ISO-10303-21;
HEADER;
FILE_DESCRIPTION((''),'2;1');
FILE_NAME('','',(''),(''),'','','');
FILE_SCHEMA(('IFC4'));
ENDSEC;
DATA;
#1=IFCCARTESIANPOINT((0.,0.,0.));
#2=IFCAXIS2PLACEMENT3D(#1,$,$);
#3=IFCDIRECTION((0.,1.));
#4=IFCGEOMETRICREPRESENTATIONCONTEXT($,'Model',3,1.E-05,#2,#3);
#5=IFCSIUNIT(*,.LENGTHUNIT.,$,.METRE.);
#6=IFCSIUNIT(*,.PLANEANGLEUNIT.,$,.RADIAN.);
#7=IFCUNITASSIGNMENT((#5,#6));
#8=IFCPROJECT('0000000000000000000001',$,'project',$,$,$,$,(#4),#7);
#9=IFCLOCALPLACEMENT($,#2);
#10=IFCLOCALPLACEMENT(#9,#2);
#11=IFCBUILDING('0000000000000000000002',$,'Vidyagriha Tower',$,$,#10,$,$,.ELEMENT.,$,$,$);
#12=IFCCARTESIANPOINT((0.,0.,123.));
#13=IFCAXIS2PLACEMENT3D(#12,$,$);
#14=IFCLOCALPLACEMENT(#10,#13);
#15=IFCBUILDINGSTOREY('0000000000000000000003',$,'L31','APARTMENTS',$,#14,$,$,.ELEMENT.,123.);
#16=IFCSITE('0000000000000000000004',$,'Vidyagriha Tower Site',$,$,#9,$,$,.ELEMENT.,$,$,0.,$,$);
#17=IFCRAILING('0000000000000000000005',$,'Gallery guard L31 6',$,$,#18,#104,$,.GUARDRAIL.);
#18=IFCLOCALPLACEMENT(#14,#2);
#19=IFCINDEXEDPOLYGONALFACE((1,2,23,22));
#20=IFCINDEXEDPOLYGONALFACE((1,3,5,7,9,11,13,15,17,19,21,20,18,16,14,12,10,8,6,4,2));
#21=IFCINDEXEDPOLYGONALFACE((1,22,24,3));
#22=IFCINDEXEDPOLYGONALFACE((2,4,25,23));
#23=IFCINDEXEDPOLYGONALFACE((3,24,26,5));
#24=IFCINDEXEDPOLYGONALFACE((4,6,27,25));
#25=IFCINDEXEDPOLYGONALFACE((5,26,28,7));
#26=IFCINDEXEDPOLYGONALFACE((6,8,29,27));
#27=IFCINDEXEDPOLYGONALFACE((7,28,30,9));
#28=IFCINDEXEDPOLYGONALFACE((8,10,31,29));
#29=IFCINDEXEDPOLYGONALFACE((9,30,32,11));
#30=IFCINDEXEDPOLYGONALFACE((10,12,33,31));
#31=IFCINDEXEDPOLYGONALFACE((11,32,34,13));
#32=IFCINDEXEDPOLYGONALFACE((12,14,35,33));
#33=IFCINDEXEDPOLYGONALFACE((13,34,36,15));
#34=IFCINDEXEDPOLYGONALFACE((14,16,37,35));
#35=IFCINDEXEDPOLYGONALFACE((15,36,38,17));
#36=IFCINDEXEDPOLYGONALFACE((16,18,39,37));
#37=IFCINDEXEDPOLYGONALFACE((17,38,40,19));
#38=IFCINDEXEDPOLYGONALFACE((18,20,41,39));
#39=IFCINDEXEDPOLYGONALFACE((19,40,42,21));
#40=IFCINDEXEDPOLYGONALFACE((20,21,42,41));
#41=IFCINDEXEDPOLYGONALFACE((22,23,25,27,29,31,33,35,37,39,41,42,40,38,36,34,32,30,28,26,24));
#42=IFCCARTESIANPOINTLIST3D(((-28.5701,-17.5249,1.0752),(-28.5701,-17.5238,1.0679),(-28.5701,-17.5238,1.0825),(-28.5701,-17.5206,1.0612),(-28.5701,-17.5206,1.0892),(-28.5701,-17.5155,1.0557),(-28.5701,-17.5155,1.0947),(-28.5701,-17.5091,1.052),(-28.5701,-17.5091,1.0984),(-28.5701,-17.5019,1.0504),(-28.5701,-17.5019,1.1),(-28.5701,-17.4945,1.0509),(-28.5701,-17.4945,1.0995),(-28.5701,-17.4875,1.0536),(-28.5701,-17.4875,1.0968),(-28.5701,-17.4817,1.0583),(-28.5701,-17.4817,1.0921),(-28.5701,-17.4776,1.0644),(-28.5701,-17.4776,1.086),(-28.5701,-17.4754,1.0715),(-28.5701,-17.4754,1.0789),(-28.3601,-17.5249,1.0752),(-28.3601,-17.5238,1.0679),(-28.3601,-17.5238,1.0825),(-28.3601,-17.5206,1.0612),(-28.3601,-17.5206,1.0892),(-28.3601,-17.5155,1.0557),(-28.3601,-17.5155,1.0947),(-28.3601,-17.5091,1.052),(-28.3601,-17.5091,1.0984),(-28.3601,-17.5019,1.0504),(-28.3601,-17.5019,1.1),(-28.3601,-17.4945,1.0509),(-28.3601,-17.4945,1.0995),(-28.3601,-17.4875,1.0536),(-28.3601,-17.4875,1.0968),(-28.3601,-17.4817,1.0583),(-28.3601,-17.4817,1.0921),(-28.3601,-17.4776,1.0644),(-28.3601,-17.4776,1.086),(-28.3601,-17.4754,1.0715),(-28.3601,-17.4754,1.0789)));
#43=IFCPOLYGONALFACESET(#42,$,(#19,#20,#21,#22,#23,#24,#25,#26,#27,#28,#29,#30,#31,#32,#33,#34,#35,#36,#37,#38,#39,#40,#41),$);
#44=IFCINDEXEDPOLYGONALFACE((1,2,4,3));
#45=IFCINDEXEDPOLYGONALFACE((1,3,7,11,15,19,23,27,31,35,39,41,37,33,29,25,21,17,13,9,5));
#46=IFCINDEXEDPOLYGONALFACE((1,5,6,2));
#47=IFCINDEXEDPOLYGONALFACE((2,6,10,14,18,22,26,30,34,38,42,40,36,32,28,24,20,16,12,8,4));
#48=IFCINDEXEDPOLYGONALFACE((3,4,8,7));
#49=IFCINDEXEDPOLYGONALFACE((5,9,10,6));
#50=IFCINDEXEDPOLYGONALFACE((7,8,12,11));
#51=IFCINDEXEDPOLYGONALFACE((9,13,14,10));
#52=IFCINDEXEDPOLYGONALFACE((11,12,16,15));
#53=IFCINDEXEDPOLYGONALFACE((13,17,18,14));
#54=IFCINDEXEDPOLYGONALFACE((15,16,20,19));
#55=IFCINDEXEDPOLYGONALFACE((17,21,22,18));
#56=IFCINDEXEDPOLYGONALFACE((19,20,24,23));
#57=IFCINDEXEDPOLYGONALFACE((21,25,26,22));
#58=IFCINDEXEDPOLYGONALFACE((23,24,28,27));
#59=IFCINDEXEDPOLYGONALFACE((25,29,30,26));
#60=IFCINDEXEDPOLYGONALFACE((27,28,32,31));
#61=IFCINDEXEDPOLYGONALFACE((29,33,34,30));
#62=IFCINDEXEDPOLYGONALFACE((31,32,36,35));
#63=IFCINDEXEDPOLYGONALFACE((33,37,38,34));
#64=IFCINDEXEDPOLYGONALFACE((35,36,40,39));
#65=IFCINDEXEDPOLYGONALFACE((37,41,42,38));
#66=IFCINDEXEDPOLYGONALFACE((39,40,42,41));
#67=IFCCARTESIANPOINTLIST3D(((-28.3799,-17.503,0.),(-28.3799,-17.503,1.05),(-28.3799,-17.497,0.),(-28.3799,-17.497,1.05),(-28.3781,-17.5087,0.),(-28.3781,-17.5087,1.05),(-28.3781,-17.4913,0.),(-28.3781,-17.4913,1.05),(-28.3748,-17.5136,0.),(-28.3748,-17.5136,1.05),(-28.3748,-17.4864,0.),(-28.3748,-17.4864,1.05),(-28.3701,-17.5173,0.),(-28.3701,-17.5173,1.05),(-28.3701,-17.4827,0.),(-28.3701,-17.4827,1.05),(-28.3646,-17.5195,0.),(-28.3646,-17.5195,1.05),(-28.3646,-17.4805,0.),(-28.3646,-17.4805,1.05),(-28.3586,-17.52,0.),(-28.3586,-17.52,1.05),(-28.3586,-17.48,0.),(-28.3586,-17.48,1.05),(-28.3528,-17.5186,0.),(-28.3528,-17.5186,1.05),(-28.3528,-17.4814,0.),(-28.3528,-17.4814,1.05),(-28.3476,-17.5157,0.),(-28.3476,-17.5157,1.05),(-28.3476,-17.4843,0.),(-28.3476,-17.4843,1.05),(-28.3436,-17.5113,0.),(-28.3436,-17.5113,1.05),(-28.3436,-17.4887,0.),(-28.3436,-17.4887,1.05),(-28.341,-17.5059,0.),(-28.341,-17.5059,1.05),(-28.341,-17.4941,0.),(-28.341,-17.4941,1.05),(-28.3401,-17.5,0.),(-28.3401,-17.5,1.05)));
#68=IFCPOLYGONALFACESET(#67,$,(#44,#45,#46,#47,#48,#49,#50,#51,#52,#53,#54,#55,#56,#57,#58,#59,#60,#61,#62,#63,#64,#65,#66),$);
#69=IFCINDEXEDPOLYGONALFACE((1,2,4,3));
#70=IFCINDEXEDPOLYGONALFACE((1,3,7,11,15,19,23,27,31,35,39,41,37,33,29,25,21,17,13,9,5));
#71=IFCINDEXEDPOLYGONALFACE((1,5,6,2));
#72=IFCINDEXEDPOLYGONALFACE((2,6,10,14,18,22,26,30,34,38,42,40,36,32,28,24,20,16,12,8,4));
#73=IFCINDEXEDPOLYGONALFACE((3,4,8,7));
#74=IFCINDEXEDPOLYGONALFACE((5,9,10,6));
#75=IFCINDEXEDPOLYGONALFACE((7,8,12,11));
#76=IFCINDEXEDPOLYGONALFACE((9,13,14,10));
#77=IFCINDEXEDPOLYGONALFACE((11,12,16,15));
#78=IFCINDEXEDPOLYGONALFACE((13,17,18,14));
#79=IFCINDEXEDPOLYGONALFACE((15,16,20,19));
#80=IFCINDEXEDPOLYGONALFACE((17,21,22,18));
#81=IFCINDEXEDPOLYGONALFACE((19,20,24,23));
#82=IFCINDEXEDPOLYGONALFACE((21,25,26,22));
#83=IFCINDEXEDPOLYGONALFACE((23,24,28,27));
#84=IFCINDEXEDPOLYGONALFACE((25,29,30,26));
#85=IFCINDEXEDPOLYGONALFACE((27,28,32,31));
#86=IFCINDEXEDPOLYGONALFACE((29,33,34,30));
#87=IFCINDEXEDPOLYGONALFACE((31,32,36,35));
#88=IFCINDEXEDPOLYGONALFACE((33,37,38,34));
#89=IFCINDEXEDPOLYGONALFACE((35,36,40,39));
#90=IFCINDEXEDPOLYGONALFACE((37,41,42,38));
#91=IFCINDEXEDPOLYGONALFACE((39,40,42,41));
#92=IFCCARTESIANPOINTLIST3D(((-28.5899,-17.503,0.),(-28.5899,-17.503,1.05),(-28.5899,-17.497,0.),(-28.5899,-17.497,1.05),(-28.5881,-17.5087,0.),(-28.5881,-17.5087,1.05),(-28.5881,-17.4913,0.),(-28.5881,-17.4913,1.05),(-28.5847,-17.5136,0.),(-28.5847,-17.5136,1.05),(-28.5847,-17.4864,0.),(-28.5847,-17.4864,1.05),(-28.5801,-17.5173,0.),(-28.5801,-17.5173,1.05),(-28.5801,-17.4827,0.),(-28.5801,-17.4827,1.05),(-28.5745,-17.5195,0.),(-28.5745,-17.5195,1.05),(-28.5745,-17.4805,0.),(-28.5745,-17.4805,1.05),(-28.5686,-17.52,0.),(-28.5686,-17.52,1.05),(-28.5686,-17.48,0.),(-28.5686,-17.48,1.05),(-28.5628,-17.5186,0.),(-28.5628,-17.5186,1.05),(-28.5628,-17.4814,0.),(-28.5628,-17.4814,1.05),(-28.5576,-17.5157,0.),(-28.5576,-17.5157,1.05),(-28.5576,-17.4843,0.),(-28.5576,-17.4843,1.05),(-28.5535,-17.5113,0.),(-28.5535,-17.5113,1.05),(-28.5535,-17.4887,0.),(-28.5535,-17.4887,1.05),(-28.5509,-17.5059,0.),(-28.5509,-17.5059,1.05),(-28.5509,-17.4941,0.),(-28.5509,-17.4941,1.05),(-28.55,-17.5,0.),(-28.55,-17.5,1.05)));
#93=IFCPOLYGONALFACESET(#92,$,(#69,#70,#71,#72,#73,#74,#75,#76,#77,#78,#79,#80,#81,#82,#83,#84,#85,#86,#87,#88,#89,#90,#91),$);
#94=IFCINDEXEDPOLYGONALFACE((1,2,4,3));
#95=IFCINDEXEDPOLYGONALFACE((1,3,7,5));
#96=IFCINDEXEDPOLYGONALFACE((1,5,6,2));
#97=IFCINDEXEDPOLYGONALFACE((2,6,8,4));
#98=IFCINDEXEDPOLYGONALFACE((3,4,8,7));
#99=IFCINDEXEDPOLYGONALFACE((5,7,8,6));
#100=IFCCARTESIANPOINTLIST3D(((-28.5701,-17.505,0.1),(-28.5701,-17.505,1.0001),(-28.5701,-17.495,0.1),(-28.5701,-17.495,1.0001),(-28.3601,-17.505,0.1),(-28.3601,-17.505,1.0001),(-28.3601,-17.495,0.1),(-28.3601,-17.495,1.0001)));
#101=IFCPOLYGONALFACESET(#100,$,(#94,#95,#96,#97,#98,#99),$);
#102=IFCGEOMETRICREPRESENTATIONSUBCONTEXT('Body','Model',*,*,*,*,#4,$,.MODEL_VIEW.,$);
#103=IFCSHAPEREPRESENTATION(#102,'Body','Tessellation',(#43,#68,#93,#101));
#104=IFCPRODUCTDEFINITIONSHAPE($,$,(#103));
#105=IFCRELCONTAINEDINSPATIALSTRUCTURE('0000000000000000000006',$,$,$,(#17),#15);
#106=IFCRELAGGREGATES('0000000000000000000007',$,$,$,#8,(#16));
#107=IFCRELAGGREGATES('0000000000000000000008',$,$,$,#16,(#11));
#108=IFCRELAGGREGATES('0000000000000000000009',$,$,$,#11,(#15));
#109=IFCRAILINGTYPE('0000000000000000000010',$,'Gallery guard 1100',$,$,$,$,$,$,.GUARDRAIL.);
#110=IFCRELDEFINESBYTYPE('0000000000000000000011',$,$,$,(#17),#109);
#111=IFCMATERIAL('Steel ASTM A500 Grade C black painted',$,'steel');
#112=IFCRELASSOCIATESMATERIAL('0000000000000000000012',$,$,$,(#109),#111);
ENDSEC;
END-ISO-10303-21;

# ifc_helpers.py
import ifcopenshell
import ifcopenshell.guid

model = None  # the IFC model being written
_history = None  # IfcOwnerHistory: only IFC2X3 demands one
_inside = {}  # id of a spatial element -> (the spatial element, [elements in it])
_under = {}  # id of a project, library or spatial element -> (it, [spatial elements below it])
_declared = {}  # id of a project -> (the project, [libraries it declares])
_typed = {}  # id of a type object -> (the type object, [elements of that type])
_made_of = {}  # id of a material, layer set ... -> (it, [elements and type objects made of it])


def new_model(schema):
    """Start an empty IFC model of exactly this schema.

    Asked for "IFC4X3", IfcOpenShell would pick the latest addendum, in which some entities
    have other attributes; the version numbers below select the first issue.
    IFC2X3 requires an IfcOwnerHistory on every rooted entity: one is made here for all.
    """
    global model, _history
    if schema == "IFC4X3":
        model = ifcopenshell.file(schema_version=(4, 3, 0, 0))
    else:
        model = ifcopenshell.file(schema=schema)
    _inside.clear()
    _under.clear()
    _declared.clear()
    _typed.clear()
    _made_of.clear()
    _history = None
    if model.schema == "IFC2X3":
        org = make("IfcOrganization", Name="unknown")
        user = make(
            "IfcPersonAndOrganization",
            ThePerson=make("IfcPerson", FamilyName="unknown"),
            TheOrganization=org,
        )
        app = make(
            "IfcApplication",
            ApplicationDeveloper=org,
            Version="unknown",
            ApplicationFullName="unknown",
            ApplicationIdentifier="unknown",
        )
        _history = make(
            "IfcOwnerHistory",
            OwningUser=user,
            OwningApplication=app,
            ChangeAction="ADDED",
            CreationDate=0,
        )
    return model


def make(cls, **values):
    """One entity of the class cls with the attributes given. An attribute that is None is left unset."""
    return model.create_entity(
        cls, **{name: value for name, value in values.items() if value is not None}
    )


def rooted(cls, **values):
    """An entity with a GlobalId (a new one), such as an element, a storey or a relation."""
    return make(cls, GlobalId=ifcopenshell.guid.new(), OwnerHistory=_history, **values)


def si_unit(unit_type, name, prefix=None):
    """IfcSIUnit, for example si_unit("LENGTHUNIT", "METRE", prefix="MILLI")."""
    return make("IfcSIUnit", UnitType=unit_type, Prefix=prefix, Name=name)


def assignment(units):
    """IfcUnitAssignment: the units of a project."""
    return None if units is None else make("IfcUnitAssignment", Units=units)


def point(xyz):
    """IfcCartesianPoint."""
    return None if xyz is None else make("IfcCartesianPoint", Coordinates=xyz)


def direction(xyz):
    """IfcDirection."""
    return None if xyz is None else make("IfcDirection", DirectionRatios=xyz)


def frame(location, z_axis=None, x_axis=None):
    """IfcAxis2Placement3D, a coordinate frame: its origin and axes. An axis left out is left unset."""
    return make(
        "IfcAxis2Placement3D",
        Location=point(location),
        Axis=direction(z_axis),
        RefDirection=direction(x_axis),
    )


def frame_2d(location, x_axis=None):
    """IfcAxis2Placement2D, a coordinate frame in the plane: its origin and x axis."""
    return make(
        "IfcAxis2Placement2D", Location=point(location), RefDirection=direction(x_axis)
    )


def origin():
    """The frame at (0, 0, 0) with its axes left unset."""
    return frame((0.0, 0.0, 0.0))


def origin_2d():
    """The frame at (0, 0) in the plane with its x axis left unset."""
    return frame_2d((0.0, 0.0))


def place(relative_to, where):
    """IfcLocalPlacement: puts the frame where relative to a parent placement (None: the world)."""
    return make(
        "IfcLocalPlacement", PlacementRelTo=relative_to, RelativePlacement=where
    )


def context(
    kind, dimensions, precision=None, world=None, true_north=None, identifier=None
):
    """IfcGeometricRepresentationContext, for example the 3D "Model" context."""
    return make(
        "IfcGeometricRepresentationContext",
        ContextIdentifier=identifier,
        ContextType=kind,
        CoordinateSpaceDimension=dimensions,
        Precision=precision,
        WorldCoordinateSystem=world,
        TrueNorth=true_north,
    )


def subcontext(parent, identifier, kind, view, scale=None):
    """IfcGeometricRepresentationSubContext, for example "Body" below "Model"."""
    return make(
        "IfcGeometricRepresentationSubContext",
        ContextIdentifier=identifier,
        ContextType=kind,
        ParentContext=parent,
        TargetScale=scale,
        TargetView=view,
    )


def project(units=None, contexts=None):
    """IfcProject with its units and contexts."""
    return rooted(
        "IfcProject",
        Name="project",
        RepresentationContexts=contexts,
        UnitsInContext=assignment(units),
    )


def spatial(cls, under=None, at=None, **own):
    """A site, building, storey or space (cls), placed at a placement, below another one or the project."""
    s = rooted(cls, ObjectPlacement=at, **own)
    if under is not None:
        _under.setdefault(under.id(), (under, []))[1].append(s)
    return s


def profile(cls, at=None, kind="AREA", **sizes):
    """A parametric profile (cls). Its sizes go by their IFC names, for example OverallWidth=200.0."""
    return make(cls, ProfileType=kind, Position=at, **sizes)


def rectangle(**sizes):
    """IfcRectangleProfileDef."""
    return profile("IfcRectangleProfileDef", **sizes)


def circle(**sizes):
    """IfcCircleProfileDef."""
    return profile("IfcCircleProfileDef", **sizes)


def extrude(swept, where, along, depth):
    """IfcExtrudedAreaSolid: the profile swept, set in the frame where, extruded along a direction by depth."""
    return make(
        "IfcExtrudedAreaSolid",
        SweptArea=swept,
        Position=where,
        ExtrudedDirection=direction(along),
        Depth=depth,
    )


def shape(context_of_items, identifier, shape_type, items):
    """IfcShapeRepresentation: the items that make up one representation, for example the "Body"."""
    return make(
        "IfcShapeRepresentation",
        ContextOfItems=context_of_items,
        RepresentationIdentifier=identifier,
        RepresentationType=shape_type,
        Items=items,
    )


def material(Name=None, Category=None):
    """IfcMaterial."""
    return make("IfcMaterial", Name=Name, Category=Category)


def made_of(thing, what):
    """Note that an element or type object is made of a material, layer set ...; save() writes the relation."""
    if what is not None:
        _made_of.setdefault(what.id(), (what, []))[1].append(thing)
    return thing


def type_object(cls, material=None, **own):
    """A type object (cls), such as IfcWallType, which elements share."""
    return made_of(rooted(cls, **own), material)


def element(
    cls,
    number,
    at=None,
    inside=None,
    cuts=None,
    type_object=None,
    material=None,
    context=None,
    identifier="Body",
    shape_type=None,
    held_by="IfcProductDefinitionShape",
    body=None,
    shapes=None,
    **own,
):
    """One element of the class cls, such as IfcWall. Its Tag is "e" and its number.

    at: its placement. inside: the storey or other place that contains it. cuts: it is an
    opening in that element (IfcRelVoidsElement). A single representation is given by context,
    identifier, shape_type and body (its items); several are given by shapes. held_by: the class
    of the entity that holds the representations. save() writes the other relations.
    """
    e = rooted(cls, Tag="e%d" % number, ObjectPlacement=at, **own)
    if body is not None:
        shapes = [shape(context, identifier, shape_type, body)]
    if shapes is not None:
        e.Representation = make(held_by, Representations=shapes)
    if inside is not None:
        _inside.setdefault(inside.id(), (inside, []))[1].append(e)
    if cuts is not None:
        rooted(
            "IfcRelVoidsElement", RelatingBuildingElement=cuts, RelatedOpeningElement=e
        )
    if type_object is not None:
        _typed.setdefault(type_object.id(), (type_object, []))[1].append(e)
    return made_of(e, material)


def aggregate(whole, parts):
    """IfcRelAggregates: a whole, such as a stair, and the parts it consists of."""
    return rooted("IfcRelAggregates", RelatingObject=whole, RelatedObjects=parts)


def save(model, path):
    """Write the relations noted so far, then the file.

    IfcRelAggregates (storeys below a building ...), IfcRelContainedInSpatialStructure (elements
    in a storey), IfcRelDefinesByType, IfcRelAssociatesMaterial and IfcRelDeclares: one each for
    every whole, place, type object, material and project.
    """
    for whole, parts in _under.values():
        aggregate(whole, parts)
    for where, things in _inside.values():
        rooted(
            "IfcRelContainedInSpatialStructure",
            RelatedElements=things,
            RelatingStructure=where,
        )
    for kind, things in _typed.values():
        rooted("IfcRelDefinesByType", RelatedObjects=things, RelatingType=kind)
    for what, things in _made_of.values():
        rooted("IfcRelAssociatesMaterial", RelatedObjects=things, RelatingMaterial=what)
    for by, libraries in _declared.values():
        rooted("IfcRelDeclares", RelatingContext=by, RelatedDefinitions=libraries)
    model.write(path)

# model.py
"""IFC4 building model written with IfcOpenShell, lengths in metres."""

from ifc_helpers import new_model, si_unit, direction, frame, origin, origin_2d, place, context, subcontext, project, spatial, rectangle, circle, extrude, material, type_object, element, save


model = new_model("IFC4")

# Units and contexts
model_context = context("Model", 3, precision=1e-05, world=origin(), true_north=direction((0.0, 1.0)))
body_context = subcontext(model_context, "Body", "Model", "MODEL_VIEW")
ifc_project = project(units=[si_unit("LENGTHUNIT", "METRE"), si_unit("PLANEANGLEUNIT", "RADIAN")], contexts=[model_context])

# Site, building, storey
site_placement = place(None, origin())
site = spatial("IfcSite", under=ifc_project, at=site_placement, Name="Vidyagriha Tower Site", CompositionType="ELEMENT", RefElevation=0.0)
building_placement = place(site_placement, origin())
building = spatial("IfcBuilding", under=site, at=building_placement, Name="Vidyagriha Tower", CompositionType="ELEMENT")
storey_placement = place(building_placement, frame((0.0, 0.0, 123.0)))
storey = spatial("IfcBuildingStorey", under=building, at=storey_placement, Name="L31", Description="APARTMENTS", CompositionType="ELEMENT", Elevation=123.0)

# Railing
ifc_material_1 = material(Name="Steel ASTM A500 Grade C black painted", Category="steel")
railing_type_1 = type_object("IfcRailingType", Name="Gallery guard 1100", PredefinedType="GUARDRAIL", material=ifc_material_1)
railing_1_placement = place(storey_placement, frame((-28.3601, -17.5, 0.0)))
element("IfcRailing", 1, at=railing_1_placement, inside=storey, type_object=railing_type_1, Name="Gallery guard L31 6", PredefinedType="GUARDRAIL", context=body_context, shape_type="SweptSolid", body=[
    extrude(circle(Radius=0.0249, at=origin_2d()), frame((0.0, 0.0, 1.0752), z_axis=(-1.0, 0.0, 0.0), x_axis=(0.0, -1.0, 0.0)), (0.0, 0.0, 1.0), 0.21),
    extrude(circle(Radius=0.02, at=origin_2d()), origin(), (0.0, 0.0, 1.0), 1.05),
    extrude(circle(Radius=0.02, at=origin_2d()), frame((-0.21, 0.0, 0.0)), (0.0, 0.0, 1.0), 1.05),
    extrude(rectangle(XDim=0.01, YDim=0.9001, at=origin_2d()), frame((0.0, 0.0, 0.55), z_axis=(-1.0, 0.0, 0.0), x_axis=(0.0, -1.0, 0.0)), (0.0, 0.0, 1.0), 0.21),
])

save(model, "model.ifc")
